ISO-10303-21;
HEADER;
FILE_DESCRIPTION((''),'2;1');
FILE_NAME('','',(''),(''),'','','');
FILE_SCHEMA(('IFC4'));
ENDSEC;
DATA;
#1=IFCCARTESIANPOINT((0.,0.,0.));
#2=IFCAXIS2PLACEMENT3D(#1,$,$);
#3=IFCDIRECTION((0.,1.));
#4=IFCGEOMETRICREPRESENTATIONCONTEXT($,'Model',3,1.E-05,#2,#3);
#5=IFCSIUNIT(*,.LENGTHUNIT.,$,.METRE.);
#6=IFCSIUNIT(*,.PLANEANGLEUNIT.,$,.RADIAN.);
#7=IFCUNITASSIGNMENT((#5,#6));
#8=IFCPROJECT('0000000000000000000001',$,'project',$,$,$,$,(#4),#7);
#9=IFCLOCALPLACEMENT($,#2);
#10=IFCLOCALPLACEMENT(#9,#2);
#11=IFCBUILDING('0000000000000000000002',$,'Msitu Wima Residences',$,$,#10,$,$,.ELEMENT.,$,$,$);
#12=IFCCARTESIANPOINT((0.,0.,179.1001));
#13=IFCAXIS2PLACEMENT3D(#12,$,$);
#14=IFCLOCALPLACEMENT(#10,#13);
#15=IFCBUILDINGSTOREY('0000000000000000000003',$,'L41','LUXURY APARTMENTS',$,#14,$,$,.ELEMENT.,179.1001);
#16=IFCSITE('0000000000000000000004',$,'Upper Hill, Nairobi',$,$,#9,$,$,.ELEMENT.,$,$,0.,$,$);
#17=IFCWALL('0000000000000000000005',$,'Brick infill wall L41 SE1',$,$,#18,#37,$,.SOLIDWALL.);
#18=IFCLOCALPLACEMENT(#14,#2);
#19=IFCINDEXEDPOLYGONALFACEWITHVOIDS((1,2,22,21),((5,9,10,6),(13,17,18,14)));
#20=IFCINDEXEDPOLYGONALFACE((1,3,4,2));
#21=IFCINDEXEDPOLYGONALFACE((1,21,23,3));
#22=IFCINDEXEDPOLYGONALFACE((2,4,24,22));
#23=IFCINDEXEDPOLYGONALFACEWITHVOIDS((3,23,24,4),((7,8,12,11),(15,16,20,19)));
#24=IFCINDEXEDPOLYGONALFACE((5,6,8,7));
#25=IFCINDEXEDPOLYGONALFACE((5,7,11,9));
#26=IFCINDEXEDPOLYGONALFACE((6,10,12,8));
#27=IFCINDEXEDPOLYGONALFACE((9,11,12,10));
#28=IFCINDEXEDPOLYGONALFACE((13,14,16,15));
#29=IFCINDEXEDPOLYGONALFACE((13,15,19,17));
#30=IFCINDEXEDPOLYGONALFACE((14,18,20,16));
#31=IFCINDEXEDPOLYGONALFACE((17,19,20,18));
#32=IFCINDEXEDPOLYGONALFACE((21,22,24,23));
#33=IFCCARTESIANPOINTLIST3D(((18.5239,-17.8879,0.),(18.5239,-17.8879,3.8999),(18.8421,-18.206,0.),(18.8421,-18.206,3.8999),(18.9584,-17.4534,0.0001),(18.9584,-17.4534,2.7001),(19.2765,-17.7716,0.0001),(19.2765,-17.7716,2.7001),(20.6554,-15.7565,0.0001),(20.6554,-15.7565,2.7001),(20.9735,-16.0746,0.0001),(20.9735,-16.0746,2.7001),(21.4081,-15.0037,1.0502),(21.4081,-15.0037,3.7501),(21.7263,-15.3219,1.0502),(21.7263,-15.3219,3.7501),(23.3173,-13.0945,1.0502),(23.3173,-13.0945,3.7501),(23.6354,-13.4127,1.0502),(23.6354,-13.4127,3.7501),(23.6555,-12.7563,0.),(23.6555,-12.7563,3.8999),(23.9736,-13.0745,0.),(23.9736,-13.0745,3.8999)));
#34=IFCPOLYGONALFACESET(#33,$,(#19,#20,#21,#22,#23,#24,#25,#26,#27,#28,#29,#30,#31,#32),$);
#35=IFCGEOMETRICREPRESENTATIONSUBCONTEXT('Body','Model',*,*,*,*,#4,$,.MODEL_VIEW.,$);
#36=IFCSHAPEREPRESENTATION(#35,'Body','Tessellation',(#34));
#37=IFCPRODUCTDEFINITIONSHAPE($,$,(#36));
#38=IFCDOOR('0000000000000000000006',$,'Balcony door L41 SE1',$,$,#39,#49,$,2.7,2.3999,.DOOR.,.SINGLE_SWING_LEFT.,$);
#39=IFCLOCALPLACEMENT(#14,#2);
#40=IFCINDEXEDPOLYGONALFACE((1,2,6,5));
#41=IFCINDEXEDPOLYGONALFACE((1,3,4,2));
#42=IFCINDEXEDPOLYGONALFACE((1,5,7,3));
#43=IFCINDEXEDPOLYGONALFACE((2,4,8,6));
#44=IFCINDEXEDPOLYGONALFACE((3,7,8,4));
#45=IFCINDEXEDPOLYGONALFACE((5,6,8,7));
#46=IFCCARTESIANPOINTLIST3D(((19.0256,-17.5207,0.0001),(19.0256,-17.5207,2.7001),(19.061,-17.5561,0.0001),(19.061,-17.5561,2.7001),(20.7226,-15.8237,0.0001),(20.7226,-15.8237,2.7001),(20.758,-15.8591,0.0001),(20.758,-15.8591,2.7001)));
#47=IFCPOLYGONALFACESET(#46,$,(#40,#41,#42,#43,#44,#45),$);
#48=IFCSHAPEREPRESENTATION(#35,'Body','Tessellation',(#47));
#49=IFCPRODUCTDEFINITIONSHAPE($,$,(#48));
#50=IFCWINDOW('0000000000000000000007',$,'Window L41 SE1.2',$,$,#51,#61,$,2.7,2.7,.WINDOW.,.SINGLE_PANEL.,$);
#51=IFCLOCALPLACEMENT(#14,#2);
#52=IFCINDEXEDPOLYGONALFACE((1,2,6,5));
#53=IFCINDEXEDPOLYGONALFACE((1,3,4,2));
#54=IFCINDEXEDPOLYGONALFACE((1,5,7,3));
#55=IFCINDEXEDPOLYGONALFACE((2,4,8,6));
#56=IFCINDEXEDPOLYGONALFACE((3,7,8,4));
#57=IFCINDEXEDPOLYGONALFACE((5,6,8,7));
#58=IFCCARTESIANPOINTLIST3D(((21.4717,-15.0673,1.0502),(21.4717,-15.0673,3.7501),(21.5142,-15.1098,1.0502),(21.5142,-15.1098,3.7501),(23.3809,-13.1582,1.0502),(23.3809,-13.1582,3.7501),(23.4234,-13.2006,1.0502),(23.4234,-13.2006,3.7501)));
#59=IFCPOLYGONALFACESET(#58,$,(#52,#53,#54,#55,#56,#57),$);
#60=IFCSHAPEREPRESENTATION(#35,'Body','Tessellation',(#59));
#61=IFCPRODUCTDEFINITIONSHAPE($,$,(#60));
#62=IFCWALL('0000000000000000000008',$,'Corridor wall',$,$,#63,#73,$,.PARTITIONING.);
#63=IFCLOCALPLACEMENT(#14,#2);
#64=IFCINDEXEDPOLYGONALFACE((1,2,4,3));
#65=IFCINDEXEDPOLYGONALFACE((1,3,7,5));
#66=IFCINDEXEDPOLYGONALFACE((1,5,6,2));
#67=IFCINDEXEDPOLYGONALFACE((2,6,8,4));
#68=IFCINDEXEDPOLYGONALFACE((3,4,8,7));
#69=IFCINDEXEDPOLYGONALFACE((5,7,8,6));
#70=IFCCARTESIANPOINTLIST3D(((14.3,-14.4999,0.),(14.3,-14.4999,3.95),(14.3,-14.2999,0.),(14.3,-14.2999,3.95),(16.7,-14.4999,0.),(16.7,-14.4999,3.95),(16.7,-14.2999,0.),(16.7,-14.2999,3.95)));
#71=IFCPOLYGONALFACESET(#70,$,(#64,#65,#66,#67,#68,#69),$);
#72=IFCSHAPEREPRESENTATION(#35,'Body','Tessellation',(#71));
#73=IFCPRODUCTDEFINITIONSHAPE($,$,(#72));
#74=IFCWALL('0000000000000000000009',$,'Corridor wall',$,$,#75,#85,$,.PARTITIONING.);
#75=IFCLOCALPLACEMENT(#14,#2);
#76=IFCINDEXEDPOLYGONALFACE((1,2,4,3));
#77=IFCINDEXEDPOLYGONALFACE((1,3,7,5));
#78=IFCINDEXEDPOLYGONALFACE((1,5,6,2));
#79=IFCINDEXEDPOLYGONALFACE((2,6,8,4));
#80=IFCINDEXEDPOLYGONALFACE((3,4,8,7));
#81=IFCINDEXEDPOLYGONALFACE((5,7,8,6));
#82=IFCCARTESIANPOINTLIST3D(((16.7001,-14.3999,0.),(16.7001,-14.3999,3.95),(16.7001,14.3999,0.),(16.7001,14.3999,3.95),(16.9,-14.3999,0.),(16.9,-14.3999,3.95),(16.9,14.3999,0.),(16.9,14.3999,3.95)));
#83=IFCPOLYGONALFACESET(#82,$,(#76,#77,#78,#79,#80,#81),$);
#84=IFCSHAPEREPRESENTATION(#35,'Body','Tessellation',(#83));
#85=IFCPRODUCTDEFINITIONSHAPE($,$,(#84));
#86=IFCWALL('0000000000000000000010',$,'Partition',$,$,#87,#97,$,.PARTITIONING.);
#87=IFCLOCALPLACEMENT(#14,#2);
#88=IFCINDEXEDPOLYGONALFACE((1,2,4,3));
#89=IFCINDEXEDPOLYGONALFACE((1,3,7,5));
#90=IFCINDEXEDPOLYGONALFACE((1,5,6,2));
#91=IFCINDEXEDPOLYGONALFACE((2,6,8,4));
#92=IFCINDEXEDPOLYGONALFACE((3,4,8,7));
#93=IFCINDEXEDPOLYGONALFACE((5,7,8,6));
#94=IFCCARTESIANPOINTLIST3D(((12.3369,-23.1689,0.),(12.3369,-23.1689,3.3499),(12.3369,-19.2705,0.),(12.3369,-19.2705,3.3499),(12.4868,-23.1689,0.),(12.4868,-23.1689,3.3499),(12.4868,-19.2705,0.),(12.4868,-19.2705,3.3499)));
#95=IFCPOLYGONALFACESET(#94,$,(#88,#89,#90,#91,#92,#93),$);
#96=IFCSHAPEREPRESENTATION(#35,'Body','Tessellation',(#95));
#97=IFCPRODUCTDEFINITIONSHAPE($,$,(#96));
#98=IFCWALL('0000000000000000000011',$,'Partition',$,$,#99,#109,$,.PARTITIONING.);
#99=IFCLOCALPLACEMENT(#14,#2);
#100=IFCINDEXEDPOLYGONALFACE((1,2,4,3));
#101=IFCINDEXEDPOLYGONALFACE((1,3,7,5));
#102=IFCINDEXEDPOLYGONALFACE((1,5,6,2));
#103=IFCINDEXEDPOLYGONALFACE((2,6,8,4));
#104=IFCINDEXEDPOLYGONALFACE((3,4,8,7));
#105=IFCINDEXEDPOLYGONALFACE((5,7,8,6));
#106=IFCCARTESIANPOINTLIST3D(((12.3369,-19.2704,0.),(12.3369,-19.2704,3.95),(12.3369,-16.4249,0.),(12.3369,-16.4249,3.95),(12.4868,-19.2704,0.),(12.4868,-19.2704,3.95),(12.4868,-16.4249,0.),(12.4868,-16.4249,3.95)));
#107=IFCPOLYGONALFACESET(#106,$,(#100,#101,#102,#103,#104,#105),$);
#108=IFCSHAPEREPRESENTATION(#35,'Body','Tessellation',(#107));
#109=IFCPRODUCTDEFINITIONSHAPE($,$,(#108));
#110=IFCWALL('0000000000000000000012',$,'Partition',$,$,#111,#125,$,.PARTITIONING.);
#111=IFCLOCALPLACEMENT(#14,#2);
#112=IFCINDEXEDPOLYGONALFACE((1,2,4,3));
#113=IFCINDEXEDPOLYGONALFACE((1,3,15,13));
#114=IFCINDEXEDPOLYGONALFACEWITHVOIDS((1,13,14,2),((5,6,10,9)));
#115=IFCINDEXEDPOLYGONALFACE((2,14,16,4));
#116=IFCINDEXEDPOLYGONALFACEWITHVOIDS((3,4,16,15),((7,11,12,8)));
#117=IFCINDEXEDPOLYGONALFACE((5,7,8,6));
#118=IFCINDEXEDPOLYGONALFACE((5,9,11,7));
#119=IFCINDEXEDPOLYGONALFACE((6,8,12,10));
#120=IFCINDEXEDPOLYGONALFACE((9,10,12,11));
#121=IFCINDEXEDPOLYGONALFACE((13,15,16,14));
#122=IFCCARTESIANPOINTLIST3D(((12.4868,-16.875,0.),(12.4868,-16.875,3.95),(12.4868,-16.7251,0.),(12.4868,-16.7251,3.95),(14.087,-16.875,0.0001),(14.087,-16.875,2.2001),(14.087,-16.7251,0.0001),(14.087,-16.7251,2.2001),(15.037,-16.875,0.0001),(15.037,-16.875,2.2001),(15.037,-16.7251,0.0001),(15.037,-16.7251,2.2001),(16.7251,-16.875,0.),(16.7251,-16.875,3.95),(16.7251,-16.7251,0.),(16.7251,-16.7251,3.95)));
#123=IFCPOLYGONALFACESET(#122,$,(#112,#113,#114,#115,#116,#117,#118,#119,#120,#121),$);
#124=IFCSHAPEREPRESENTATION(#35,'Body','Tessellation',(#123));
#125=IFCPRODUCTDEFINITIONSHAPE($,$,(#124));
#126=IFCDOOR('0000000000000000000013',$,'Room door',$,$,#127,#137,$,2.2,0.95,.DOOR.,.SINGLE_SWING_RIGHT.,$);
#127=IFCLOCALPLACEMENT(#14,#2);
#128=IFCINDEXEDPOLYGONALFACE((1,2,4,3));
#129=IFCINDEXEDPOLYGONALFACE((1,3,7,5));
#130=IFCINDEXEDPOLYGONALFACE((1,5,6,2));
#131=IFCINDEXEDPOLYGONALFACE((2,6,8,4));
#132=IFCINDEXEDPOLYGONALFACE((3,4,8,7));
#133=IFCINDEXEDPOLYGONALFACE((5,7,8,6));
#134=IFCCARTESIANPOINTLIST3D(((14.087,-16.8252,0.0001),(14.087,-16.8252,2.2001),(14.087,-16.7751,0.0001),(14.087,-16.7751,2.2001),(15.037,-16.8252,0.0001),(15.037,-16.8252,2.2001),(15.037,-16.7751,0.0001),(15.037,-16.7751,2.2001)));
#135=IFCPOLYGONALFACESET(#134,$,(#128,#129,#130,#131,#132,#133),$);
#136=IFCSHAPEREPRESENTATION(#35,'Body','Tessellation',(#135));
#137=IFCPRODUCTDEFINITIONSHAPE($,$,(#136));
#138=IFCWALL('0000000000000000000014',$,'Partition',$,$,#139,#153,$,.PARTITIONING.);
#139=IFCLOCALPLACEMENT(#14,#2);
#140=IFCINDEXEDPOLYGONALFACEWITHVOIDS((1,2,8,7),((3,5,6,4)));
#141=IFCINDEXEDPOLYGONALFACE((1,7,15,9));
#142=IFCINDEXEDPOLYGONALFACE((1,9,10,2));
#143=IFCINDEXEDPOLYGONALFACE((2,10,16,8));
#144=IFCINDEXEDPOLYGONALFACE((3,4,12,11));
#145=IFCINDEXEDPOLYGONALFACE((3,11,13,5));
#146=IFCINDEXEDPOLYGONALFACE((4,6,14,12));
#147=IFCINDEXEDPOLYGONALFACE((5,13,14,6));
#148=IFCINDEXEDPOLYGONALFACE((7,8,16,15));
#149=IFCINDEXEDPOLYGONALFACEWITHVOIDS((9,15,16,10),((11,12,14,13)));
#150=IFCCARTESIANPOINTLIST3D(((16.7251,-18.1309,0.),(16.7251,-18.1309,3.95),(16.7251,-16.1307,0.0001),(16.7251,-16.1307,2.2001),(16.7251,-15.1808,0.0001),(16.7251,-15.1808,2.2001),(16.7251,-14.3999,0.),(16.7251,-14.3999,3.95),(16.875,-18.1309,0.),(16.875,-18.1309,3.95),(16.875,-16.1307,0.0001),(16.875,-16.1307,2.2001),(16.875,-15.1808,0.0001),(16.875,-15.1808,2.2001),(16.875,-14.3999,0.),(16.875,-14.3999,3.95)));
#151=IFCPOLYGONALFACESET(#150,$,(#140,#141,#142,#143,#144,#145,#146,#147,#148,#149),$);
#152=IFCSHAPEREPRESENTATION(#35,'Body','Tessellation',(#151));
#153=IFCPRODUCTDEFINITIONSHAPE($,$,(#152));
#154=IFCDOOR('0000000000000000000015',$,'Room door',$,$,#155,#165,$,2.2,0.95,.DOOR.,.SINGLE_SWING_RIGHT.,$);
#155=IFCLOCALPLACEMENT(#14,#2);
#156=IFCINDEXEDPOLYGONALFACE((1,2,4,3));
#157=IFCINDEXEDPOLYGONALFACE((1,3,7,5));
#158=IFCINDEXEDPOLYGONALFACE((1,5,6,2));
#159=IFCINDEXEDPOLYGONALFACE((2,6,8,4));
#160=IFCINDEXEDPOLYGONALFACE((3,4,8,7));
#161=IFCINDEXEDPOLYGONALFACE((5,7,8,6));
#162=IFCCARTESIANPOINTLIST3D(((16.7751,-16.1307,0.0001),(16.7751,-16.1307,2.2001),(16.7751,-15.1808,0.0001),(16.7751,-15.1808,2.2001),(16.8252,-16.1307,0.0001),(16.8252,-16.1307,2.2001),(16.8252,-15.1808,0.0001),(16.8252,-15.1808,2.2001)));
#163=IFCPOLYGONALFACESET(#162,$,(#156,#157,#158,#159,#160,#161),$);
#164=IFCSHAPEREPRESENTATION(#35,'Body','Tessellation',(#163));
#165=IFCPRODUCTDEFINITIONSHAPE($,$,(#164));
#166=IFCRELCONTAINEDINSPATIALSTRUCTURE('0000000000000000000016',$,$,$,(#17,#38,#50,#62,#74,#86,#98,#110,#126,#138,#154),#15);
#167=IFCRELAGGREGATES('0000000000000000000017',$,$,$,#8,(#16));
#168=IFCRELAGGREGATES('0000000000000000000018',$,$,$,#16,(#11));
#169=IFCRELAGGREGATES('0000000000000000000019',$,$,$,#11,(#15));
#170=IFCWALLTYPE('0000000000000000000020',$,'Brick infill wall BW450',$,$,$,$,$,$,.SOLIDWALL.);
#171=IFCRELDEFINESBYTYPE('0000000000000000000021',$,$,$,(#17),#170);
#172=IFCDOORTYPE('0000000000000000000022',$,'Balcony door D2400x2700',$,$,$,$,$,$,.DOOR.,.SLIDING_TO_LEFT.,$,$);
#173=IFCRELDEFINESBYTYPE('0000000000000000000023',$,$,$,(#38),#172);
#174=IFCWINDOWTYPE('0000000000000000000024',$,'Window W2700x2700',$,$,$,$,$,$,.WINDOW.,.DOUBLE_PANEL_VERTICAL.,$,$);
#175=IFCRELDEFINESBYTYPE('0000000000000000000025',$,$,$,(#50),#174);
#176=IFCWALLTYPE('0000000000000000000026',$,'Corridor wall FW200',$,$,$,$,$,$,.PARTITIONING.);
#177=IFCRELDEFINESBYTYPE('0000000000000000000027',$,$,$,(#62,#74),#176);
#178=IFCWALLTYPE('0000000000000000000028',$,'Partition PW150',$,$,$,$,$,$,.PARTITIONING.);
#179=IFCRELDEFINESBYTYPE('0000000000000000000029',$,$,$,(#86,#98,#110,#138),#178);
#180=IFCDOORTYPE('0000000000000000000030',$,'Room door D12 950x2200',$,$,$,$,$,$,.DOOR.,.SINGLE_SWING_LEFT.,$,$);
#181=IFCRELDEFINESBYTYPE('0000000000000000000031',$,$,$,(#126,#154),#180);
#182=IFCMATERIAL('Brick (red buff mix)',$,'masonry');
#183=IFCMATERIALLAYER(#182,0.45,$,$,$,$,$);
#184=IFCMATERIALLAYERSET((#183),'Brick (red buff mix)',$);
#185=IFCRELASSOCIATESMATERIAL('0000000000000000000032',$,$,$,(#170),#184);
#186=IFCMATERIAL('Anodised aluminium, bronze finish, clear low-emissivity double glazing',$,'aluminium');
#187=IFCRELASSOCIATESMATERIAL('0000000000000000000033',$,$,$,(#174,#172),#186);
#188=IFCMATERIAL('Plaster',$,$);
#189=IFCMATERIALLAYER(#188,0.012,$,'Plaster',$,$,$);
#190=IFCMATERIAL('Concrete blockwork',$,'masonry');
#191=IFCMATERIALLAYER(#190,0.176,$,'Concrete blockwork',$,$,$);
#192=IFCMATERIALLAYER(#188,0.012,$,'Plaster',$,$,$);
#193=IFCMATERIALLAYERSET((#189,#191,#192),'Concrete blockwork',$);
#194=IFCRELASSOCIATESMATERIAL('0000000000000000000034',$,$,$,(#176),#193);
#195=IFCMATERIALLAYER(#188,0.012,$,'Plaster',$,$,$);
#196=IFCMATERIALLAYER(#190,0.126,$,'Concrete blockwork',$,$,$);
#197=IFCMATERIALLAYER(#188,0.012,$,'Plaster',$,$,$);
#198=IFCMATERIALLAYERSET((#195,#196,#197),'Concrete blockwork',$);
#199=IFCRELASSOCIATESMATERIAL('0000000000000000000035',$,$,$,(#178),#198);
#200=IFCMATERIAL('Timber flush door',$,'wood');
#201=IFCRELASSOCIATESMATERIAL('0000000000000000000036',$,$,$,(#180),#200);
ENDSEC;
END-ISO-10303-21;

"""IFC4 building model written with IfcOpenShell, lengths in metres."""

from ifc_helpers import new_model, si_unit, direction, frame, frame_2d, origin, place, context, subcontext, project, spatial, rectangle, extrude, material, layer, layer_set, type_object, element, fill, save


model = new_model("IFC4")

# Units and contexts
model_context = context("Model", 3, precision=1e-05, world=origin(), true_north=direction((0.0, 1.0)))
body_context = subcontext(model_context, "Body", "Model", "MODEL_VIEW")
ifc_project = project(units=[si_unit("LENGTHUNIT", "METRE"), si_unit("PLANEANGLEUNIT", "RADIAN")], contexts=[model_context])

# Site, building, storey
site_placement = place(None, origin())
site = spatial("IfcSite", under=ifc_project, at=site_placement, Name="Upper Hill, Nairobi", CompositionType="ELEMENT", RefElevation=0.0)
building_placement = place(site_placement, origin())
building = spatial("IfcBuilding", under=site, at=building_placement, Name="Msitu Wima Residences", CompositionType="ELEMENT")
storey_placement = place(building_placement, frame((0.0, 0.0, 179.1001)))
storey = spatial("IfcBuildingStorey", under=building, at=storey_placement, Name="L41", Description="LUXURY APARTMENTS", CompositionType="ELEMENT", Elevation=179.1001)

# Shared definitions
ifc_material_1 = material(Name="Brick (red buff mix)", Category="masonry")
ifc_layer_1 = layer(ifc_material_1, 0.45)
ifc_layer_set_1 = layer_set([ifc_layer_1], Name="Brick (red buff mix)")
wall_type_1 = type_object("IfcWallType", Name="Brick infill wall BW450", PredefinedType="SOLIDWALL", material=ifc_layer_set_1)
ifc_material_2 = material(Name="Anodised aluminium, bronze finish, clear low-emissivity double glazing", Category="aluminium")
window_type = type_object("IfcWindowType", Name="Window W2700x2700", PartitioningType="DOUBLE_PANEL_VERTICAL", PredefinedType="WINDOW", material=ifc_material_2)

# Wall, openings, door, window
wall_1_placement = place(storey_placement, frame((18.6831, -18.0469, 0.0), z_axis=(0.0, 0.0, 1.0), x_axis=(0.707107, 0.707107, 0.0)))
wall_1 = element("IfcWall", 1, at=wall_1_placement, inside=storey, type_object=wall_type_1, Name="Brick infill wall L41 SE1", PredefinedType="SOLIDWALL", context=body_context, shape_type="SweptSolid", body=[
    extrude(rectangle(XDim=7.2571, YDim=0.45, at=frame_2d((3.6284, 0.0))), origin(), (0.0, 0.0, 1.0), 3.8999),
])
opening_1_placement = place(wall_1_placement, frame((0.6143, 0.0, 0.0)))
opening_1 = element("IfcOpeningElement", 2, at=opening_1_placement, cuts=wall_1, PredefinedType="OPENING", context=body_context, shape_type="SweptSolid", body=[
    extrude(rectangle(XDim=2.3999, YDim=2.7, at=frame_2d((1.2, 1.3501))), frame((0.0, 0.2349, 0.0), z_axis=(0.0, -1.0, 0.0), x_axis=(1.0, 0.0, 0.0)), (0.0, 0.0, 1.0), 0.47),
])
opening_2_placement = place(wall_1_placement, frame((4.0786, 0.0, 1.05)))
opening_2 = element("IfcOpeningElement", 3, at=opening_2_placement, cuts=wall_1, PredefinedType="OPENING", context=body_context, shape_type="SweptSolid", body=[
    extrude(rectangle(XDim=2.7, YDim=2.7, at=frame_2d((1.3501, 1.3501))), frame((0.0, 0.2349, 0.0), z_axis=(0.0, -1.0, 0.0), x_axis=(1.0, 0.0, 0.0)), (0.0, 0.0, 1.0), 0.47),
])
door_type_1 = type_object("IfcDoorType", Name="Balcony door D2400x2700", OperationType="SLIDING_TO_LEFT", PredefinedType="DOOR", material=ifc_material_2)
door_1_placement = place(opening_1_placement, origin())
door_1 = element("IfcDoor", 4, at=door_1_placement, inside=storey, type_object=door_type_1, Name="Balcony door L41 SE1", OperationType="SINGLE_SWING_LEFT", OverallHeight=2.7, OverallWidth=2.3999, PredefinedType="DOOR", context=body_context, shape_type="SweptSolid", body=[
    extrude(rectangle(XDim=2.3999, YDim=2.7, at=frame_2d((1.2, 1.3501))), frame((0.0, 0.1299, 0.0), z_axis=(0.0, -1.0, 0.0), x_axis=(1.0, 0.0, 0.0)), (0.0, 0.0, 1.0), 0.05),
])
fill(opening_1, door_1)
window_1_placement = place(opening_2_placement, origin())
window_1 = element("IfcWindow", 5, at=window_1_placement, inside=storey, type_object=window_type, Name="Window L41 SE1.2", OverallHeight=2.7, OverallWidth=2.7, PartitioningType="SINGLE_PANEL", PredefinedType="WINDOW", context=body_context, shape_type="SweptSolid", body=[
    extrude(rectangle(XDim=2.7, YDim=2.7, at=frame_2d((1.3501, 1.3501))), frame((0.0, 0.135, 0.0), z_axis=(0.0, -1.0, 0.0), x_axis=(1.0, 0.0, 0.0)), (0.0, 0.0, 1.0), 0.0601),
])
fill(opening_2, window_1)

# Shared definitions
ifc_material_3 = material(Name="Plaster")
ifc_layer_2 = layer(ifc_material_3, 0.012, Name="Plaster")
ifc_material_4 = material(Name="Concrete blockwork", Category="masonry")
ifc_layer_3 = layer(ifc_material_4, 0.176, Name="Concrete blockwork")
ifc_layer_4 = layer(ifc_material_3, 0.012, Name="Plaster")
ifc_layer_set_2 = layer_set([ifc_layer_2, ifc_layer_3, ifc_layer_4], Name="Concrete blockwork")
wall_type_2 = type_object("IfcWallType", Name="Corridor wall FW200", PredefinedType="PARTITIONING", material=ifc_layer_set_2)

# Walls
wall_2_placement = place(storey_placement, frame((14.3, -14.3999, 0.0), z_axis=(0.0, 0.0, 1.0), x_axis=(1.0, 0.0, 0.0)))
element("IfcWall", 6, at=wall_2_placement, inside=storey, type_object=wall_type_2, Name="Corridor wall", PredefinedType="PARTITIONING", context=body_context, shape_type="SweptSolid", body=[
    extrude(rectangle(XDim=2.3999, YDim=0.2, at=frame_2d((1.2, 0.0))), origin(), (0.0, 0.0, 1.0), 3.95),
])
wall_3_placement = place(storey_placement, frame((16.8, -14.3999, 0.0), z_axis=(0.0, 0.0, 1.0), x_axis=(0.0, 1.0, 0.0)))
element("IfcWall", 7, at=wall_3_placement, inside=storey, type_object=wall_type_2, Name="Corridor wall", PredefinedType="PARTITIONING", context=body_context, shape_type="SweptSolid", body=[
    extrude(rectangle(XDim=28.7998, YDim=0.2, at=frame_2d((14.3999, 0.0))), origin(), (0.0, 0.0, 1.0), 3.95),
])
ifc_layer_5 = layer(ifc_material_3, 0.012, Name="Plaster")
ifc_layer_6 = layer(ifc_material_4, 0.126, Name="Concrete blockwork")
ifc_layer_7 = layer(ifc_material_3, 0.012, Name="Plaster")
ifc_layer_set_3 = layer_set([ifc_layer_5, ifc_layer_6, ifc_layer_7], Name="Concrete blockwork")
wall_type_3 = type_object("IfcWallType", Name="Partition PW150", PredefinedType="PARTITIONING", material=ifc_layer_set_3)
wall_4_placement = place(storey_placement, frame((12.4119, -23.1689, 0.0), z_axis=(0.0, 0.0, 1.0), x_axis=(0.0, 1.0, 0.0)))
element("IfcWall", 8, at=wall_4_placement, inside=storey, type_object=wall_type_3, Name="Partition", PredefinedType="PARTITIONING", context=body_context, shape_type="SweptSolid", body=[
    extrude(rectangle(XDim=3.8984, YDim=0.1499, at=frame_2d((1.9492, 0.0))), origin(), (0.0, 0.0, 1.0), 3.3499),
])
wall_5_placement = place(storey_placement, frame((12.4119, -19.2705, 0.0), z_axis=(0.0, 0.0, 1.0), x_axis=(0.0, 1.0, 0.0)))
element("IfcWall", 9, at=wall_5_placement, inside=storey, type_object=wall_type_3, Name="Partition", PredefinedType="PARTITIONING", context=body_context, shape_type="SweptSolid", body=[
    extrude(rectangle(XDim=2.8455, YDim=0.1499, at=frame_2d((1.4229, 0.0))), origin(), (0.0, 0.0, 1.0), 3.95),
])

# Walls, openings, doors
wall_6_placement = place(storey_placement, frame((12.4868, -16.8, 0.0), z_axis=(0.0, 0.0, 1.0), x_axis=(1.0, 0.0, 0.0)))
wall_6 = element("IfcWall", 10, at=wall_6_placement, inside=storey, type_object=wall_type_3, Name="Partition", PredefinedType="PARTITIONING", context=body_context, shape_type="SweptSolid", body=[
    extrude(rectangle(XDim=4.2383, YDim=0.1499, at=frame_2d((2.1191, 0.0))), origin(), (0.0, 0.0, 1.0), 3.95),
])
opening_3_placement = place(wall_6_placement, frame((1.6001, 0.0, 0.0)))
opening_3 = element("IfcOpeningElement", 11, at=opening_3_placement, cuts=wall_6, PredefinedType="OPENING", context=body_context, shape_type="SweptSolid", body=[
    extrude(rectangle(XDim=0.95, YDim=2.2, at=frame_2d((0.4751, 1.1001))), frame((0.0, 0.085, 0.0), z_axis=(0.0, -1.0, 0.0), x_axis=(1.0, 0.0, 0.0)), (0.0, 0.0, 1.0), 0.1699),
])
ifc_material_5 = material(Name="Timber flush door", Category="wood")
door_type_2 = type_object("IfcDoorType", Name="Room door D12 950x2200", OperationType="SINGLE_SWING_LEFT", PredefinedType="DOOR", material=ifc_material_5)
door_2_placement = place(opening_3_placement, origin())
door_2 = element("IfcDoor", 12, at=door_2_placement, inside=storey, type_object=door_type_2, Name="Room door", OperationType="SINGLE_SWING_RIGHT", OverallHeight=2.2, OverallWidth=0.95, PredefinedType="DOOR", context=body_context, shape_type="SweptSolid", body=[
    extrude(rectangle(XDim=0.95, YDim=2.2, at=frame_2d((0.4751, 1.1001))), frame((0.0, 0.0249, 0.0), z_axis=(0.0, -1.0, 0.0), x_axis=(1.0, 0.0, 0.0)), (0.0, 0.0, 1.0), 0.05),
])
fill(opening_3, door_2)
wall_7_placement = place(storey_placement, frame((16.8, -18.1309, 0.0), z_axis=(0.0, 0.0, 1.0), x_axis=(0.0, 1.0, 0.0)))
wall_7 = element("IfcWall", 13, at=wall_7_placement, inside=storey, type_object=wall_type_3, Name="Partition", PredefinedType="PARTITIONING", context=body_context, shape_type="SweptSolid", body=[
    extrude(rectangle(XDim=3.731, YDim=0.1499, at=frame_2d((1.8655, 0.0))), origin(), (0.0, 0.0, 1.0), 3.95),
])
opening_4_placement = place(wall_7_placement, frame((2.0, 0.0, 0.0)))
opening_4 = element("IfcOpeningElement", 14, at=opening_4_placement, cuts=wall_7, PredefinedType="OPENING", context=body_context, shape_type="SweptSolid", body=[
    extrude(rectangle(XDim=0.95, YDim=2.2, at=frame_2d((0.4751, 1.1001))), frame((0.0, 0.085, 0.0), z_axis=(0.0, -1.0, 0.0), x_axis=(1.0, 0.0, 0.0)), (0.0, 0.0, 1.0), 0.1699),
])
door_3_placement = place(opening_4_placement, origin())
door_3 = element("IfcDoor", 15, at=door_3_placement, inside=storey, type_object=door_type_2, Name="Room door", OperationType="SINGLE_SWING_RIGHT", OverallHeight=2.2, OverallWidth=0.95, PredefinedType="DOOR", context=body_context, shape_type="SweptSolid", body=[
    extrude(rectangle(XDim=0.95, YDim=2.2, at=frame_2d((0.4751, 1.1001))), frame((0.0, 0.0249, 0.0), z_axis=(0.0, -1.0, 0.0), x_axis=(1.0, 0.0, 0.0)), (0.0, 0.0, 1.0), 0.05),
])
fill(opening_4, door_3)

save(model, "model.ifc")
